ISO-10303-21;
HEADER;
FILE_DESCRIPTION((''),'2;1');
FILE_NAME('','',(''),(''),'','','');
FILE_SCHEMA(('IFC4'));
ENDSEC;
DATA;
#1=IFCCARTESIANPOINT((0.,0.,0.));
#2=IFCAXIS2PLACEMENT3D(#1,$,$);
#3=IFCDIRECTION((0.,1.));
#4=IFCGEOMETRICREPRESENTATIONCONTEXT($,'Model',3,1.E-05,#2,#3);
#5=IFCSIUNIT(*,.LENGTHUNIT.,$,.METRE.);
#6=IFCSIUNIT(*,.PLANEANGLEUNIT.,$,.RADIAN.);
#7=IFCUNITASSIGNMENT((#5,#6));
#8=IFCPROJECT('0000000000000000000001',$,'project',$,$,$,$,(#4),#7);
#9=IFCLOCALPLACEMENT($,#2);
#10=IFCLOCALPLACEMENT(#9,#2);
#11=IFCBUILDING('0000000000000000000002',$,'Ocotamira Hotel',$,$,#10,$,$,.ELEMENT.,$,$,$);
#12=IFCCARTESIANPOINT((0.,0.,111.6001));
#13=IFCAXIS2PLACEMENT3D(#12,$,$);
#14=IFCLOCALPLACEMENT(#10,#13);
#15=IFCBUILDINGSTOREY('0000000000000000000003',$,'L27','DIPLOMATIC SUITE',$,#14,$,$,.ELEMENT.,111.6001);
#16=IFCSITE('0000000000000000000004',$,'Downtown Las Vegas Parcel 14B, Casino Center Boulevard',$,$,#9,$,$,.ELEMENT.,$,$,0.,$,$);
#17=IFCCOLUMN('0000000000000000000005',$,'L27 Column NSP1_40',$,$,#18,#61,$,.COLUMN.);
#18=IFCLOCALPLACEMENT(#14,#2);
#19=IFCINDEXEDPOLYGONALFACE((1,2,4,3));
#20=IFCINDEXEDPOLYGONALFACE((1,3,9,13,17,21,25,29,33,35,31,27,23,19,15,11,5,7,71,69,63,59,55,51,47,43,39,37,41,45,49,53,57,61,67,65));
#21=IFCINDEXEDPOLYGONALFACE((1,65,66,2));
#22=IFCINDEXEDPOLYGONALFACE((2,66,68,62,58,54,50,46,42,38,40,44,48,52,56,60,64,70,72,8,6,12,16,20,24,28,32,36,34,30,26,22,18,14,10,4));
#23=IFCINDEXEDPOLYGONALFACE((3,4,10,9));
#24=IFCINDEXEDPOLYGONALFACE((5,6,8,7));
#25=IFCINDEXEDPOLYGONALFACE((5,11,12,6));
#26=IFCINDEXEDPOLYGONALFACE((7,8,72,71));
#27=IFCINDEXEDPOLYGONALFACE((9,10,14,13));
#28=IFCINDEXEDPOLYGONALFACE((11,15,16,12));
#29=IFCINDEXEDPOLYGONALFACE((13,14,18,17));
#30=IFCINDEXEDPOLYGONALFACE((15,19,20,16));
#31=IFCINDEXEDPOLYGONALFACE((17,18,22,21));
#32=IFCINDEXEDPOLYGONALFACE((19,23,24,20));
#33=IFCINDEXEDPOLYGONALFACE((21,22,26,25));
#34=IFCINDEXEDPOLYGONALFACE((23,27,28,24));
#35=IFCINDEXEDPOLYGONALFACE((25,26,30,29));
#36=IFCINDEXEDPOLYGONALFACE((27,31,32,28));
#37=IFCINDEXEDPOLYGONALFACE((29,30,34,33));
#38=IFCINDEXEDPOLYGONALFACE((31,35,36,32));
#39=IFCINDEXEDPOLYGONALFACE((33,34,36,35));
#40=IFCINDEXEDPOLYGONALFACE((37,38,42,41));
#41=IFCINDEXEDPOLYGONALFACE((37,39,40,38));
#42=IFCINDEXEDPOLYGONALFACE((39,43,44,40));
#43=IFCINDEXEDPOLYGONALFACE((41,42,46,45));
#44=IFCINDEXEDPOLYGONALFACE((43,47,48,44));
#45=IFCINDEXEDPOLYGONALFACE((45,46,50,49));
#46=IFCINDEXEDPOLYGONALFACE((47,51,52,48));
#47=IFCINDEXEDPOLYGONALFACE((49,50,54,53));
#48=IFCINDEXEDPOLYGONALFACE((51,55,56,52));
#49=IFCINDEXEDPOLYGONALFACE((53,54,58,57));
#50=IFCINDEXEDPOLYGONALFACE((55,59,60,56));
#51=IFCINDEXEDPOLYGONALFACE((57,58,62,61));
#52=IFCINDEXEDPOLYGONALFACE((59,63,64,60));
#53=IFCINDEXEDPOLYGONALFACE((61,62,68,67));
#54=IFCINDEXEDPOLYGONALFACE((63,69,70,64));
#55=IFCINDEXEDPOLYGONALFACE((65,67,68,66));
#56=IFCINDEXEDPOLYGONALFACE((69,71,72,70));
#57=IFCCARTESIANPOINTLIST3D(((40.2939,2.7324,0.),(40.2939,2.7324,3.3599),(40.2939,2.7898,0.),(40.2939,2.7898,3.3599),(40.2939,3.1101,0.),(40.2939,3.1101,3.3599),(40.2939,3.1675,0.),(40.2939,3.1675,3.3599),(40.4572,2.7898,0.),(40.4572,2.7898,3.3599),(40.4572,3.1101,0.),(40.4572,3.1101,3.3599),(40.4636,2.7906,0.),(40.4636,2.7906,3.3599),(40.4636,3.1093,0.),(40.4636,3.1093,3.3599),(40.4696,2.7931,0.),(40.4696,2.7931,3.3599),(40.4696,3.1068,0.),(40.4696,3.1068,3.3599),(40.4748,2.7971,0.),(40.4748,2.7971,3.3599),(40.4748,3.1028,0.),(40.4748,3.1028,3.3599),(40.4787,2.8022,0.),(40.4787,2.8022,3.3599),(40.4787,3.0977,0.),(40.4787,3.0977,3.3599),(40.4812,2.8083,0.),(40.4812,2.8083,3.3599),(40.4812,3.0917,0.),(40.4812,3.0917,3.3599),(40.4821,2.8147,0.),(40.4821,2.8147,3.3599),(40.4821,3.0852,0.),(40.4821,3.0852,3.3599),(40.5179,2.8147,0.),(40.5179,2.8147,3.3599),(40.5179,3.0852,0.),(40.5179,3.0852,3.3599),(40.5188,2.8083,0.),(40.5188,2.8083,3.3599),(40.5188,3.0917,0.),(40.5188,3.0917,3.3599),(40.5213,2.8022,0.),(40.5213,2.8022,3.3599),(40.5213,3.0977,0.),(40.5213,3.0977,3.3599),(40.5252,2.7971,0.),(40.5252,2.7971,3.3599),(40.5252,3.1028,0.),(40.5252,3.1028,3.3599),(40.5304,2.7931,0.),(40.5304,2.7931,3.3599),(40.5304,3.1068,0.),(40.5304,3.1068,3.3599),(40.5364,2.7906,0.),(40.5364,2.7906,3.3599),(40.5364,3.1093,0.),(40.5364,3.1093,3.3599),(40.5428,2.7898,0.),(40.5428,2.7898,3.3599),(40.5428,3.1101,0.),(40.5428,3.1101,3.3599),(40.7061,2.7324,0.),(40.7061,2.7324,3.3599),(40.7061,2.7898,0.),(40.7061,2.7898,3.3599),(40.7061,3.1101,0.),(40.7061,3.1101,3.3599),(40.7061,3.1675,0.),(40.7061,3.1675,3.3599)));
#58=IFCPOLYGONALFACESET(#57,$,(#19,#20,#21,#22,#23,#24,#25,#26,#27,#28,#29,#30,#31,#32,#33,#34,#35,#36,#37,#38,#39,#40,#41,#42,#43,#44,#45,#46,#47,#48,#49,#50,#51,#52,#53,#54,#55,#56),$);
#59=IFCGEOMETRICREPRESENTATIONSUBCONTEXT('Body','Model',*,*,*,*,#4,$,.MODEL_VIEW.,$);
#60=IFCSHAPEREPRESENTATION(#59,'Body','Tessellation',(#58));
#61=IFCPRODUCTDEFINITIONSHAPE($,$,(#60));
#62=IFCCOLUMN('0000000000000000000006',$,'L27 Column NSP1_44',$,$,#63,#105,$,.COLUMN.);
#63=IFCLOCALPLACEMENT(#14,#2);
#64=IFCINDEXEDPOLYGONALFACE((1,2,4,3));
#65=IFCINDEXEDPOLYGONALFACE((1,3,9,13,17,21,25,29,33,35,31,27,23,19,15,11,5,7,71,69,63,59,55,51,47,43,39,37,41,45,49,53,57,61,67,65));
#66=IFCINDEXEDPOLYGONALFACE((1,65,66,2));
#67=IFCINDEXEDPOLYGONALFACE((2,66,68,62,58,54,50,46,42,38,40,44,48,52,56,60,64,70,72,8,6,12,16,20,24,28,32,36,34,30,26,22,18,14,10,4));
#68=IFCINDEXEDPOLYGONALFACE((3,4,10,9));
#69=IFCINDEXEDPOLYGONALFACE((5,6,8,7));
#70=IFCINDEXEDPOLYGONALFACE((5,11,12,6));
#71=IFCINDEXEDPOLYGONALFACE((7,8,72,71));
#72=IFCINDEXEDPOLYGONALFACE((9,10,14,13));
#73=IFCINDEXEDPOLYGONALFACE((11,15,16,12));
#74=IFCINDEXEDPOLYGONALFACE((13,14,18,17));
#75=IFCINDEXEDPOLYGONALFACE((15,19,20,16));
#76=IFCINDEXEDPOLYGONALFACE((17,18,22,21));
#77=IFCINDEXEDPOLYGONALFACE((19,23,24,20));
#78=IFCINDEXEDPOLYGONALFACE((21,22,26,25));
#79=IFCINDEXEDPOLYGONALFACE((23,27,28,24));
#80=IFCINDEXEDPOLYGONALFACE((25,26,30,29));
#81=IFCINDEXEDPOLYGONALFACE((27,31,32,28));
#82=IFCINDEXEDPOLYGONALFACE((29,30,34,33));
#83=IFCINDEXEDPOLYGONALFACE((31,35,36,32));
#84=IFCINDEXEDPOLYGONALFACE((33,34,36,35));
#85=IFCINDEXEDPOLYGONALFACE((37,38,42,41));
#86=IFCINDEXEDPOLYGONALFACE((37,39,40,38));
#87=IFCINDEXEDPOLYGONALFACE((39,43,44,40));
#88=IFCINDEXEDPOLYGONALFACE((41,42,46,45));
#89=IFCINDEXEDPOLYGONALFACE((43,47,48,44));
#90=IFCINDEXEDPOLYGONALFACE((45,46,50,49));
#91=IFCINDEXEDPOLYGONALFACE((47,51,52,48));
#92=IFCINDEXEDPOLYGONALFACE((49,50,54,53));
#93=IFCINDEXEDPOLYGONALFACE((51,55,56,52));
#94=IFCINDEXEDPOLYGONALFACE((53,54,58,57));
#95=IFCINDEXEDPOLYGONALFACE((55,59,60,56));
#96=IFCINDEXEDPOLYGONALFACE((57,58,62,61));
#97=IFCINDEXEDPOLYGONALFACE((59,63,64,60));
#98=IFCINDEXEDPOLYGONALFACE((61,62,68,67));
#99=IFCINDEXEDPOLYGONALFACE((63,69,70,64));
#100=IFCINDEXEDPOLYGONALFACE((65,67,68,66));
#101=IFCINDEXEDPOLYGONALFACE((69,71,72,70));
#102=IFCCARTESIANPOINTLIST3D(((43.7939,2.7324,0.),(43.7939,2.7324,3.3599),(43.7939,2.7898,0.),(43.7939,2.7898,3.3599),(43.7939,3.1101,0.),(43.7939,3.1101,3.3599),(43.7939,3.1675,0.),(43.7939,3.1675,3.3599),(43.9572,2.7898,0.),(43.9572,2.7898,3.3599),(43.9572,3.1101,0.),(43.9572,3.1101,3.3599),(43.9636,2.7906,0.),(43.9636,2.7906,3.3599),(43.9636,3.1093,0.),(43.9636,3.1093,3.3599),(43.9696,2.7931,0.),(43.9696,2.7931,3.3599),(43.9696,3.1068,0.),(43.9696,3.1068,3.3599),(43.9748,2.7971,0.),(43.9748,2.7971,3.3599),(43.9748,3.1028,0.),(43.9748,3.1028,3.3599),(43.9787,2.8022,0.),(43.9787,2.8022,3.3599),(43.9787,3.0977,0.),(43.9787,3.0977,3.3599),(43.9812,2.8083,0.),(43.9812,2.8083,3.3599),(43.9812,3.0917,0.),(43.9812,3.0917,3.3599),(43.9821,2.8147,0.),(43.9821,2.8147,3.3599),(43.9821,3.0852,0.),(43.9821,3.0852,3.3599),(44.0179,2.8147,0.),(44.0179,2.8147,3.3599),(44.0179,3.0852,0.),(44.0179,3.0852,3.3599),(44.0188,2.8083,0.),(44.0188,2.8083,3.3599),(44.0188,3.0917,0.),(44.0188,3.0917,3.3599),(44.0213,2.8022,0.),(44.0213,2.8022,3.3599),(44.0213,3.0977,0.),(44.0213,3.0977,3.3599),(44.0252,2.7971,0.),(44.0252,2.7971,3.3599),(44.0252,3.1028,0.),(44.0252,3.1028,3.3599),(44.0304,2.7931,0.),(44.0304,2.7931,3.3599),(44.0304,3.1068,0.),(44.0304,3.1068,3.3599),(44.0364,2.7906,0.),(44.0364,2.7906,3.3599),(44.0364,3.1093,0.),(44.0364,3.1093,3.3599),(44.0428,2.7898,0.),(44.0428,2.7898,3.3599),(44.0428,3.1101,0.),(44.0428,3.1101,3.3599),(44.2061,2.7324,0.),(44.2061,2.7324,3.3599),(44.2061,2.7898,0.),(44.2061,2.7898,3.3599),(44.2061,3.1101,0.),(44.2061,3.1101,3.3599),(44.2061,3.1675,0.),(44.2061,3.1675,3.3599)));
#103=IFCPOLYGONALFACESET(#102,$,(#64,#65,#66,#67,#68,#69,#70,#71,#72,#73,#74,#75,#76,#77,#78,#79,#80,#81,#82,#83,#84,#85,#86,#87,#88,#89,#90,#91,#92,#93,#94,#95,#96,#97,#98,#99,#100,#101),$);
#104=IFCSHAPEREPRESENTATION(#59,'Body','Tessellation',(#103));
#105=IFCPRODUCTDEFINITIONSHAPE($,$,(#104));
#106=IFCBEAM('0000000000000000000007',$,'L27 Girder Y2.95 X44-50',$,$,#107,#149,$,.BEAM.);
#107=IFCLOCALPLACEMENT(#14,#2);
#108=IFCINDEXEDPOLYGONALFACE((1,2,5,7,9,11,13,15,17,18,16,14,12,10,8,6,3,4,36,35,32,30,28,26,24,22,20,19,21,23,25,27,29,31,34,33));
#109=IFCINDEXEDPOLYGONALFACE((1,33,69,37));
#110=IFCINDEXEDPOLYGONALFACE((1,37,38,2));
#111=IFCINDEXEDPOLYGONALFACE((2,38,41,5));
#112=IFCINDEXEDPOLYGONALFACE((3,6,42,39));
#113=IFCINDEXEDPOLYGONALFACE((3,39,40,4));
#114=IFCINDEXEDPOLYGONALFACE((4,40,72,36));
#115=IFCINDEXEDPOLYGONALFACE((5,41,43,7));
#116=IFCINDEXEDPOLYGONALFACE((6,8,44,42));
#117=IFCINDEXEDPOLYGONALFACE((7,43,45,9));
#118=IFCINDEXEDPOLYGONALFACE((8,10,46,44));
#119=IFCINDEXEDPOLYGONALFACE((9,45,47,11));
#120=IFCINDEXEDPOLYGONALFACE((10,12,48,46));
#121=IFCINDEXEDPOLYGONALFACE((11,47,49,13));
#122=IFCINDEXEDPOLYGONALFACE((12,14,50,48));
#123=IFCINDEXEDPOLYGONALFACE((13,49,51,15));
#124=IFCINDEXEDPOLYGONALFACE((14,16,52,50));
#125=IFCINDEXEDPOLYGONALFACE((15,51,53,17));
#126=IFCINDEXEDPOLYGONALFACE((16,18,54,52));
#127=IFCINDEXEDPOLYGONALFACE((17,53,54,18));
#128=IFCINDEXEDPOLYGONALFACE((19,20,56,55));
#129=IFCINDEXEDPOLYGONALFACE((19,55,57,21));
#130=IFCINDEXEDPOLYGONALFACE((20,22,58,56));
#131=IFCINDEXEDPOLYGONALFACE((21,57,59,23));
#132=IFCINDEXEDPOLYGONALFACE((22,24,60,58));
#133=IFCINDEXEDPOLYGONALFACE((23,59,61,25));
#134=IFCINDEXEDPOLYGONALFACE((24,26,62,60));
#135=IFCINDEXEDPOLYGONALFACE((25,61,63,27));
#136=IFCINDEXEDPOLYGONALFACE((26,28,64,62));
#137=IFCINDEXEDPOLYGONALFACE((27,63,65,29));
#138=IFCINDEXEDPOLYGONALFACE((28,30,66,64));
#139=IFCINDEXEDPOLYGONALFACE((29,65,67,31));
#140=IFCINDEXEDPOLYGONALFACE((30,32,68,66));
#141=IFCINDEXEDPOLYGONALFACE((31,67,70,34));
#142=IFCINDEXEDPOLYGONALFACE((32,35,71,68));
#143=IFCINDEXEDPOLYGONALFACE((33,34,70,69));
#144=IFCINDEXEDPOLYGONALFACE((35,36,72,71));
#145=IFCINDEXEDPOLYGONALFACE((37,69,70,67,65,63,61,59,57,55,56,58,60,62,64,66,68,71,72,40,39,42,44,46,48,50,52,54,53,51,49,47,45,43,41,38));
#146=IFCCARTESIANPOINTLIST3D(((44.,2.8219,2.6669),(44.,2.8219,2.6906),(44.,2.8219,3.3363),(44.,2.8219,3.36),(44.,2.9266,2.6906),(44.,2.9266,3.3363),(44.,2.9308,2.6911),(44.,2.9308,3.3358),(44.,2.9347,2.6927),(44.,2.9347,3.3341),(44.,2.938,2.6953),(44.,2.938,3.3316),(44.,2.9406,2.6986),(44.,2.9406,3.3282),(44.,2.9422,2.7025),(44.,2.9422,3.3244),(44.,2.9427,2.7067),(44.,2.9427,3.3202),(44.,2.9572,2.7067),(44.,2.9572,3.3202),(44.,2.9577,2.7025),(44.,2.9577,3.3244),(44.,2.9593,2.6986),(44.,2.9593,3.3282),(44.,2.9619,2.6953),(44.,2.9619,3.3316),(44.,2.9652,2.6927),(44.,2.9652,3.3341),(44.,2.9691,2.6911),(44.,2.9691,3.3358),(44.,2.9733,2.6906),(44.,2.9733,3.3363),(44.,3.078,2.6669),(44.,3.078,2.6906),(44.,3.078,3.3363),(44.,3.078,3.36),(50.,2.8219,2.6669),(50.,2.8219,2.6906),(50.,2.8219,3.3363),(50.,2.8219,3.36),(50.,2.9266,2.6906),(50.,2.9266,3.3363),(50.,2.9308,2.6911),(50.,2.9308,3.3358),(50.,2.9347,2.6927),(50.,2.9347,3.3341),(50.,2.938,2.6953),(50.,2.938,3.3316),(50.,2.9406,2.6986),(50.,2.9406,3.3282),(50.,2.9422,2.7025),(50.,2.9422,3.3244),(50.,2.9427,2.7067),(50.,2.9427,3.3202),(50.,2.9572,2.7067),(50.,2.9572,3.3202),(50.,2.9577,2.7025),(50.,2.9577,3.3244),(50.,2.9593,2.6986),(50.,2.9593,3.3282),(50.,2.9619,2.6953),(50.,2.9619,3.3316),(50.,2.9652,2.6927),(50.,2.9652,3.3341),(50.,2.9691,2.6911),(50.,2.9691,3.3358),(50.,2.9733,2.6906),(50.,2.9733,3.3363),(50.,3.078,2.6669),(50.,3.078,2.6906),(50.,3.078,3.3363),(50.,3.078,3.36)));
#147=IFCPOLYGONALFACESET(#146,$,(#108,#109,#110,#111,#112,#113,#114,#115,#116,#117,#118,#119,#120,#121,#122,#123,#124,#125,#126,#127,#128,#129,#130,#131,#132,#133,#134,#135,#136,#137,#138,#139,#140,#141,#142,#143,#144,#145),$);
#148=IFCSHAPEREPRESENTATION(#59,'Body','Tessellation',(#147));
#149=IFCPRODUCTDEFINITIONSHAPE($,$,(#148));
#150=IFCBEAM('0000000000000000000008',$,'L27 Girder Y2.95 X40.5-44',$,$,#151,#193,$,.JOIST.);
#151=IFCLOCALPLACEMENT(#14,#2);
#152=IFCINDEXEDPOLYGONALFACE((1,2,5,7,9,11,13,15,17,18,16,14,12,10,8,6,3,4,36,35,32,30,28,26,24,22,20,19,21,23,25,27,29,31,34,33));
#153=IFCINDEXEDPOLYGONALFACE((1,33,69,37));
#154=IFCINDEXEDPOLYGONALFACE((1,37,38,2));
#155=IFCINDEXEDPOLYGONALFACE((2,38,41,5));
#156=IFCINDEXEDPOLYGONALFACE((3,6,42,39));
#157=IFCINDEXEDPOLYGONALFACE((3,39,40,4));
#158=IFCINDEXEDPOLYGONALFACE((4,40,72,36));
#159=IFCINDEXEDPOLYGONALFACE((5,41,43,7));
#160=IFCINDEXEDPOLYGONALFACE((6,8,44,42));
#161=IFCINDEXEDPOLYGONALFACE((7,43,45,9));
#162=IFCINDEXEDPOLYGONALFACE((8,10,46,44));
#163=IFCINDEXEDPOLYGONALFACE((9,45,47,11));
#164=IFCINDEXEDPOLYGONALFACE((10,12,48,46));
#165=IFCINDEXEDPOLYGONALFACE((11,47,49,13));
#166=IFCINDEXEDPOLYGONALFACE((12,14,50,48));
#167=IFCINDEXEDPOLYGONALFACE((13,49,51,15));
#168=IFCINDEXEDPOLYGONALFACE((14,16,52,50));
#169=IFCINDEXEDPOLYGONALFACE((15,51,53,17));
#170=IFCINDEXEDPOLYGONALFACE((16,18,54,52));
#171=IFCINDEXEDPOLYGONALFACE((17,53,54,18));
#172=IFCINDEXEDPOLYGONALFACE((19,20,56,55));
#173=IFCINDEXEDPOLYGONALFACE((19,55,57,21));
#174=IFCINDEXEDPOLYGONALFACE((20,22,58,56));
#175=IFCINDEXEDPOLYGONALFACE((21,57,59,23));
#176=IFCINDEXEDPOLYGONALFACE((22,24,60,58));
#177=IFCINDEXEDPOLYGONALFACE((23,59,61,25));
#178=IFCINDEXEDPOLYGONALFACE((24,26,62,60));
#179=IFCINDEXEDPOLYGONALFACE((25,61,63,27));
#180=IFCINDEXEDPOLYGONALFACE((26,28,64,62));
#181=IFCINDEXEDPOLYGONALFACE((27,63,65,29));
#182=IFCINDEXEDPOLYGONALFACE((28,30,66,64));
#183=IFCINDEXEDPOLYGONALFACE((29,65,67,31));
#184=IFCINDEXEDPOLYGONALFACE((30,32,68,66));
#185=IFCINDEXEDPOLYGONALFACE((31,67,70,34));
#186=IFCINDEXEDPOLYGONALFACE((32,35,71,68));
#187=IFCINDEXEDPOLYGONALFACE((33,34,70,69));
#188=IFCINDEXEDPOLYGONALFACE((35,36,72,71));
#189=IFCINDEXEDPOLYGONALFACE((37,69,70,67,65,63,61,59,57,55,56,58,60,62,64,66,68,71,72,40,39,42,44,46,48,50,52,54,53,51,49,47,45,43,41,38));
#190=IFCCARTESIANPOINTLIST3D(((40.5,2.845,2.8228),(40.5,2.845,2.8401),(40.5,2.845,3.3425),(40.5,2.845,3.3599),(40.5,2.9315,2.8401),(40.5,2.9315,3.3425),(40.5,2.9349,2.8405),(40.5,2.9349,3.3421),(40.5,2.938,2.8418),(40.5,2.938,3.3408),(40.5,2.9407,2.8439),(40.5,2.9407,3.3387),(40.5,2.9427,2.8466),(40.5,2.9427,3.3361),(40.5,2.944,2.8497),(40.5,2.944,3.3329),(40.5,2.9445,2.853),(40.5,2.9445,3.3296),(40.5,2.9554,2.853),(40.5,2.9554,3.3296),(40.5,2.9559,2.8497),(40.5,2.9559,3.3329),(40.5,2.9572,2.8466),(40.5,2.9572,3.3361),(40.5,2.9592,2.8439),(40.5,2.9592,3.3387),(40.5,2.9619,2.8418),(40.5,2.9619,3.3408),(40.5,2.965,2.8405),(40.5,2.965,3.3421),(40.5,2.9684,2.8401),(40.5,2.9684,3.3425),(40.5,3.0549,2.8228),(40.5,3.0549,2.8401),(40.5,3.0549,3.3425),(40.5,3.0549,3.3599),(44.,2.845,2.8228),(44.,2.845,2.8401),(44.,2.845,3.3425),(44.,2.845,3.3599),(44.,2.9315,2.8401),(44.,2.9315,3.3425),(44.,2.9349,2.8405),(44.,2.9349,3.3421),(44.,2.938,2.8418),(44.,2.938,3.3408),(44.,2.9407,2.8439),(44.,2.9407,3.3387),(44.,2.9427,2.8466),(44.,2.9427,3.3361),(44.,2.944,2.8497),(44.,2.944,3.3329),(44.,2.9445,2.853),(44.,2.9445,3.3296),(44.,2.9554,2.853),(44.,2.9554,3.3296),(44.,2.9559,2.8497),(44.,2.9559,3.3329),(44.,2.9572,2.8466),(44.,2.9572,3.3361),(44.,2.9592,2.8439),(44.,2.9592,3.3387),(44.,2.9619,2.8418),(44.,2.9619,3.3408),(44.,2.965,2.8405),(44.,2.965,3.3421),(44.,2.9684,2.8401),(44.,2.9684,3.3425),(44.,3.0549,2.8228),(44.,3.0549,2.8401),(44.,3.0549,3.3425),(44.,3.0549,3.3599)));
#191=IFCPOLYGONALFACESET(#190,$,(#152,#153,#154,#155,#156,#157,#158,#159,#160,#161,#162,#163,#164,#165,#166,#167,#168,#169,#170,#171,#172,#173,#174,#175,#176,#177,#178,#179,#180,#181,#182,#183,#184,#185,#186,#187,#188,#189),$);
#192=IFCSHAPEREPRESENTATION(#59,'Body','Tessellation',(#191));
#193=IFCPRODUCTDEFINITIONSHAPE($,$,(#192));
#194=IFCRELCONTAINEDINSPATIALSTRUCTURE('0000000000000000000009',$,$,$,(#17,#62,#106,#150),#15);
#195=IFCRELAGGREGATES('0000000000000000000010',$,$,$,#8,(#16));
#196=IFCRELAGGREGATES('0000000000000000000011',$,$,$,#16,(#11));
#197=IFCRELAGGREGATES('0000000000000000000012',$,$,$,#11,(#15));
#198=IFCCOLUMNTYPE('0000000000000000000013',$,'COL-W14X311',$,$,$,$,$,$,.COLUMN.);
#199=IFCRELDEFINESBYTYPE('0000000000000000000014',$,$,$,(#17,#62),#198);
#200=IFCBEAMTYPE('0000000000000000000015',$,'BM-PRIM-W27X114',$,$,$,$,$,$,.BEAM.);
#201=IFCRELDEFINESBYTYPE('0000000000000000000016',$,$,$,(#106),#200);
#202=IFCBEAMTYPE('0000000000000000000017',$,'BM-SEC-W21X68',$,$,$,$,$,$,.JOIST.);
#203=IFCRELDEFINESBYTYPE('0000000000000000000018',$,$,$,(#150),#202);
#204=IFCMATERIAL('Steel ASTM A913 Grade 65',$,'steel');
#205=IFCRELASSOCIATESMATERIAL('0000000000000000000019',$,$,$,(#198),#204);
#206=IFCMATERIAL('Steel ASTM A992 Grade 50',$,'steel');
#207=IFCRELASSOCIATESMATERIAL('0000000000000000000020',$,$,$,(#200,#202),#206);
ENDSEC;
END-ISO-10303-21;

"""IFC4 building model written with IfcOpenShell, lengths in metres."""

from ifc_helpers import new_model, si_unit, direction, frame, origin, origin_2d, place, context, subcontext, project, spatial, i_section, extrude, source, transform, mapped, material, material_profile, profile_set, type_object, element, save


model = new_model("IFC4")

# Units and contexts
model_context = context("Model", 3, precision=1e-05, world=origin(), true_north=direction((0.0, 1.0)))
body_context = subcontext(model_context, "Body", "Model", "MODEL_VIEW")
ifc_project = project(units=[si_unit("LENGTHUNIT", "METRE"), si_unit("PLANEANGLEUNIT", "RADIAN")], contexts=[model_context])

# Site, building, storey
site_placement = place(None, origin())
site = spatial("IfcSite", under=ifc_project, at=site_placement, Name="Downtown Las Vegas Parcel 14B, Casino Center Boulevard", CompositionType="ELEMENT", RefElevation=0.0)
building_placement = place(site_placement, origin())
building = spatial("IfcBuilding", under=site, at=building_placement, Name="Ocotamira Hotel", CompositionType="ELEMENT")
storey_placement = place(building_placement, frame((0.0, 0.0, 111.6001)))
storey = spatial("IfcBuildingStorey", under=building, at=storey_placement, Name="L27", Description="DIPLOMATIC SUITE", CompositionType="ELEMENT", Elevation=111.6001)

# Columns
ifc_material_1 = material(Name="Steel ASTM A913 Grade 65", Category="steel")
ifc_material_profile_1 = material_profile(ifc_material_1, i_section(OverallWidth=0.4121, OverallDepth=0.4351, WebThickness=0.0359, FlangeThickness=0.0574, FilletRadius=0.0249, at=origin_2d()), Name="W14X311")
ifc_profile_set_1 = profile_set([ifc_material_profile_1], Name="Steel ASTM A913 Grade 65")
column_type = type_object("IfcColumnType", Name="COL-W14X311", PredefinedType="COLUMN", material=ifc_profile_set_1)
shared_shape_1 = source(origin(), body_context, "Body", "SweptSolid", [
    extrude(i_section(OverallWidth=0.4121, OverallDepth=0.4351, WebThickness=0.0359, FlangeThickness=0.0574, FilletRadius=0.0249, at=origin_2d()), origin(), (0.0, 0.0, 1.0), 3.3599),
])
for number, where, z_axis, x_axis, name in (
    (1, (40.5, 2.95, 0.0), (0.0, 0.0, 1.0), (1.0, 0.0, 0.0), "L27 Column NSP1_40"),
    (2, (44.0, 2.95, 0.0), (0.0, 0.0, 1.0), (1.0, 0.0, 0.0), "L27 Column NSP1_44"),
):
    element("IfcColumn", number, at=place(storey_placement, frame(where, z_axis=z_axis, x_axis=x_axis)), inside=storey, type_object=column_type, Name=name, PredefinedType="COLUMN", context=body_context, shape_type="MappedRepresentation", body=[
        mapped(shared_shape_1, transform((0.0, 0.0, 0.0), scale=1.0)),
    ])

# Beams
ifc_material_2 = material(Name="Steel ASTM A992 Grade 50", Category="steel")
ifc_material_profile_2 = material_profile(ifc_material_2, i_section(OverallWidth=0.2561, OverallDepth=0.6931, WebThickness=0.0144, FlangeThickness=0.0237, FilletRadius=0.0161, at=origin_2d()), Name="W27X114")
ifc_profile_set_2 = profile_set([ifc_material_profile_2], Name="Steel ASTM A992 Grade 50")
beam_type_1 = type_object("IfcBeamType", Name="BM-PRIM-W27X114", PredefinedType="BEAM", material=ifc_profile_set_2)
shared_shape_2 = source(origin(), body_context, "Body", "SweptSolid", [
    extrude(i_section(OverallWidth=0.2561, OverallDepth=0.6931, WebThickness=0.0144, FlangeThickness=0.0237, FilletRadius=0.0161, at=origin_2d()), origin(), (0.0, 0.0, 1.0), 6.0),
])
beam_1_placement = place(storey_placement, frame((44.0, 2.95, 3.0134), z_axis=(1.0, 0.0, 0.0), x_axis=(0.0, 1.0, 0.0)))
element("IfcBeam", 3, at=beam_1_placement, inside=storey, type_object=beam_type_1, Name="L27 Girder Y2.95 X44-50", PredefinedType="BEAM", context=body_context, shape_type="MappedRepresentation", body=[
    mapped(shared_shape_2, transform((0.0, 0.0, 0.0), scale=1.0)),
])
ifc_material_profile_3 = material_profile(ifc_material_2, i_section(OverallWidth=0.21, OverallDepth=0.5371, WebThickness=0.011, FlangeThickness=0.0173, FilletRadius=0.0129, at=origin_2d()), Name="W21X68")
ifc_profile_set_3 = profile_set([ifc_material_profile_3], Name="Steel ASTM A992 Grade 50")
beam_type_2 = type_object("IfcBeamType", Name="BM-SEC-W21X68", PredefinedType="JOIST", material=ifc_profile_set_3)
shared_shape_3 = source(origin(), body_context, "Body", "SweptSolid", [
    extrude(i_section(OverallWidth=0.21, OverallDepth=0.5371, WebThickness=0.011, FlangeThickness=0.0173, FilletRadius=0.0129, at=origin_2d()), origin(), (0.0, 0.0, 1.0), 3.5),
])
beam_2_placement = place(storey_placement, frame((40.5, 2.95, 3.0913), z_axis=(1.0, 0.0, 0.0), x_axis=(0.0, 1.0, 0.0)))
element("IfcBeam", 4, at=beam_2_placement, inside=storey, type_object=beam_type_2, Name="L27 Girder Y2.95 X40.5-44", PredefinedType="JOIST", context=body_context, shape_type="MappedRepresentation", body=[
    mapped(shared_shape_3, transform((0.0, 0.0, 0.0), scale=1.0)),
])

save(model, "model.ifc")
